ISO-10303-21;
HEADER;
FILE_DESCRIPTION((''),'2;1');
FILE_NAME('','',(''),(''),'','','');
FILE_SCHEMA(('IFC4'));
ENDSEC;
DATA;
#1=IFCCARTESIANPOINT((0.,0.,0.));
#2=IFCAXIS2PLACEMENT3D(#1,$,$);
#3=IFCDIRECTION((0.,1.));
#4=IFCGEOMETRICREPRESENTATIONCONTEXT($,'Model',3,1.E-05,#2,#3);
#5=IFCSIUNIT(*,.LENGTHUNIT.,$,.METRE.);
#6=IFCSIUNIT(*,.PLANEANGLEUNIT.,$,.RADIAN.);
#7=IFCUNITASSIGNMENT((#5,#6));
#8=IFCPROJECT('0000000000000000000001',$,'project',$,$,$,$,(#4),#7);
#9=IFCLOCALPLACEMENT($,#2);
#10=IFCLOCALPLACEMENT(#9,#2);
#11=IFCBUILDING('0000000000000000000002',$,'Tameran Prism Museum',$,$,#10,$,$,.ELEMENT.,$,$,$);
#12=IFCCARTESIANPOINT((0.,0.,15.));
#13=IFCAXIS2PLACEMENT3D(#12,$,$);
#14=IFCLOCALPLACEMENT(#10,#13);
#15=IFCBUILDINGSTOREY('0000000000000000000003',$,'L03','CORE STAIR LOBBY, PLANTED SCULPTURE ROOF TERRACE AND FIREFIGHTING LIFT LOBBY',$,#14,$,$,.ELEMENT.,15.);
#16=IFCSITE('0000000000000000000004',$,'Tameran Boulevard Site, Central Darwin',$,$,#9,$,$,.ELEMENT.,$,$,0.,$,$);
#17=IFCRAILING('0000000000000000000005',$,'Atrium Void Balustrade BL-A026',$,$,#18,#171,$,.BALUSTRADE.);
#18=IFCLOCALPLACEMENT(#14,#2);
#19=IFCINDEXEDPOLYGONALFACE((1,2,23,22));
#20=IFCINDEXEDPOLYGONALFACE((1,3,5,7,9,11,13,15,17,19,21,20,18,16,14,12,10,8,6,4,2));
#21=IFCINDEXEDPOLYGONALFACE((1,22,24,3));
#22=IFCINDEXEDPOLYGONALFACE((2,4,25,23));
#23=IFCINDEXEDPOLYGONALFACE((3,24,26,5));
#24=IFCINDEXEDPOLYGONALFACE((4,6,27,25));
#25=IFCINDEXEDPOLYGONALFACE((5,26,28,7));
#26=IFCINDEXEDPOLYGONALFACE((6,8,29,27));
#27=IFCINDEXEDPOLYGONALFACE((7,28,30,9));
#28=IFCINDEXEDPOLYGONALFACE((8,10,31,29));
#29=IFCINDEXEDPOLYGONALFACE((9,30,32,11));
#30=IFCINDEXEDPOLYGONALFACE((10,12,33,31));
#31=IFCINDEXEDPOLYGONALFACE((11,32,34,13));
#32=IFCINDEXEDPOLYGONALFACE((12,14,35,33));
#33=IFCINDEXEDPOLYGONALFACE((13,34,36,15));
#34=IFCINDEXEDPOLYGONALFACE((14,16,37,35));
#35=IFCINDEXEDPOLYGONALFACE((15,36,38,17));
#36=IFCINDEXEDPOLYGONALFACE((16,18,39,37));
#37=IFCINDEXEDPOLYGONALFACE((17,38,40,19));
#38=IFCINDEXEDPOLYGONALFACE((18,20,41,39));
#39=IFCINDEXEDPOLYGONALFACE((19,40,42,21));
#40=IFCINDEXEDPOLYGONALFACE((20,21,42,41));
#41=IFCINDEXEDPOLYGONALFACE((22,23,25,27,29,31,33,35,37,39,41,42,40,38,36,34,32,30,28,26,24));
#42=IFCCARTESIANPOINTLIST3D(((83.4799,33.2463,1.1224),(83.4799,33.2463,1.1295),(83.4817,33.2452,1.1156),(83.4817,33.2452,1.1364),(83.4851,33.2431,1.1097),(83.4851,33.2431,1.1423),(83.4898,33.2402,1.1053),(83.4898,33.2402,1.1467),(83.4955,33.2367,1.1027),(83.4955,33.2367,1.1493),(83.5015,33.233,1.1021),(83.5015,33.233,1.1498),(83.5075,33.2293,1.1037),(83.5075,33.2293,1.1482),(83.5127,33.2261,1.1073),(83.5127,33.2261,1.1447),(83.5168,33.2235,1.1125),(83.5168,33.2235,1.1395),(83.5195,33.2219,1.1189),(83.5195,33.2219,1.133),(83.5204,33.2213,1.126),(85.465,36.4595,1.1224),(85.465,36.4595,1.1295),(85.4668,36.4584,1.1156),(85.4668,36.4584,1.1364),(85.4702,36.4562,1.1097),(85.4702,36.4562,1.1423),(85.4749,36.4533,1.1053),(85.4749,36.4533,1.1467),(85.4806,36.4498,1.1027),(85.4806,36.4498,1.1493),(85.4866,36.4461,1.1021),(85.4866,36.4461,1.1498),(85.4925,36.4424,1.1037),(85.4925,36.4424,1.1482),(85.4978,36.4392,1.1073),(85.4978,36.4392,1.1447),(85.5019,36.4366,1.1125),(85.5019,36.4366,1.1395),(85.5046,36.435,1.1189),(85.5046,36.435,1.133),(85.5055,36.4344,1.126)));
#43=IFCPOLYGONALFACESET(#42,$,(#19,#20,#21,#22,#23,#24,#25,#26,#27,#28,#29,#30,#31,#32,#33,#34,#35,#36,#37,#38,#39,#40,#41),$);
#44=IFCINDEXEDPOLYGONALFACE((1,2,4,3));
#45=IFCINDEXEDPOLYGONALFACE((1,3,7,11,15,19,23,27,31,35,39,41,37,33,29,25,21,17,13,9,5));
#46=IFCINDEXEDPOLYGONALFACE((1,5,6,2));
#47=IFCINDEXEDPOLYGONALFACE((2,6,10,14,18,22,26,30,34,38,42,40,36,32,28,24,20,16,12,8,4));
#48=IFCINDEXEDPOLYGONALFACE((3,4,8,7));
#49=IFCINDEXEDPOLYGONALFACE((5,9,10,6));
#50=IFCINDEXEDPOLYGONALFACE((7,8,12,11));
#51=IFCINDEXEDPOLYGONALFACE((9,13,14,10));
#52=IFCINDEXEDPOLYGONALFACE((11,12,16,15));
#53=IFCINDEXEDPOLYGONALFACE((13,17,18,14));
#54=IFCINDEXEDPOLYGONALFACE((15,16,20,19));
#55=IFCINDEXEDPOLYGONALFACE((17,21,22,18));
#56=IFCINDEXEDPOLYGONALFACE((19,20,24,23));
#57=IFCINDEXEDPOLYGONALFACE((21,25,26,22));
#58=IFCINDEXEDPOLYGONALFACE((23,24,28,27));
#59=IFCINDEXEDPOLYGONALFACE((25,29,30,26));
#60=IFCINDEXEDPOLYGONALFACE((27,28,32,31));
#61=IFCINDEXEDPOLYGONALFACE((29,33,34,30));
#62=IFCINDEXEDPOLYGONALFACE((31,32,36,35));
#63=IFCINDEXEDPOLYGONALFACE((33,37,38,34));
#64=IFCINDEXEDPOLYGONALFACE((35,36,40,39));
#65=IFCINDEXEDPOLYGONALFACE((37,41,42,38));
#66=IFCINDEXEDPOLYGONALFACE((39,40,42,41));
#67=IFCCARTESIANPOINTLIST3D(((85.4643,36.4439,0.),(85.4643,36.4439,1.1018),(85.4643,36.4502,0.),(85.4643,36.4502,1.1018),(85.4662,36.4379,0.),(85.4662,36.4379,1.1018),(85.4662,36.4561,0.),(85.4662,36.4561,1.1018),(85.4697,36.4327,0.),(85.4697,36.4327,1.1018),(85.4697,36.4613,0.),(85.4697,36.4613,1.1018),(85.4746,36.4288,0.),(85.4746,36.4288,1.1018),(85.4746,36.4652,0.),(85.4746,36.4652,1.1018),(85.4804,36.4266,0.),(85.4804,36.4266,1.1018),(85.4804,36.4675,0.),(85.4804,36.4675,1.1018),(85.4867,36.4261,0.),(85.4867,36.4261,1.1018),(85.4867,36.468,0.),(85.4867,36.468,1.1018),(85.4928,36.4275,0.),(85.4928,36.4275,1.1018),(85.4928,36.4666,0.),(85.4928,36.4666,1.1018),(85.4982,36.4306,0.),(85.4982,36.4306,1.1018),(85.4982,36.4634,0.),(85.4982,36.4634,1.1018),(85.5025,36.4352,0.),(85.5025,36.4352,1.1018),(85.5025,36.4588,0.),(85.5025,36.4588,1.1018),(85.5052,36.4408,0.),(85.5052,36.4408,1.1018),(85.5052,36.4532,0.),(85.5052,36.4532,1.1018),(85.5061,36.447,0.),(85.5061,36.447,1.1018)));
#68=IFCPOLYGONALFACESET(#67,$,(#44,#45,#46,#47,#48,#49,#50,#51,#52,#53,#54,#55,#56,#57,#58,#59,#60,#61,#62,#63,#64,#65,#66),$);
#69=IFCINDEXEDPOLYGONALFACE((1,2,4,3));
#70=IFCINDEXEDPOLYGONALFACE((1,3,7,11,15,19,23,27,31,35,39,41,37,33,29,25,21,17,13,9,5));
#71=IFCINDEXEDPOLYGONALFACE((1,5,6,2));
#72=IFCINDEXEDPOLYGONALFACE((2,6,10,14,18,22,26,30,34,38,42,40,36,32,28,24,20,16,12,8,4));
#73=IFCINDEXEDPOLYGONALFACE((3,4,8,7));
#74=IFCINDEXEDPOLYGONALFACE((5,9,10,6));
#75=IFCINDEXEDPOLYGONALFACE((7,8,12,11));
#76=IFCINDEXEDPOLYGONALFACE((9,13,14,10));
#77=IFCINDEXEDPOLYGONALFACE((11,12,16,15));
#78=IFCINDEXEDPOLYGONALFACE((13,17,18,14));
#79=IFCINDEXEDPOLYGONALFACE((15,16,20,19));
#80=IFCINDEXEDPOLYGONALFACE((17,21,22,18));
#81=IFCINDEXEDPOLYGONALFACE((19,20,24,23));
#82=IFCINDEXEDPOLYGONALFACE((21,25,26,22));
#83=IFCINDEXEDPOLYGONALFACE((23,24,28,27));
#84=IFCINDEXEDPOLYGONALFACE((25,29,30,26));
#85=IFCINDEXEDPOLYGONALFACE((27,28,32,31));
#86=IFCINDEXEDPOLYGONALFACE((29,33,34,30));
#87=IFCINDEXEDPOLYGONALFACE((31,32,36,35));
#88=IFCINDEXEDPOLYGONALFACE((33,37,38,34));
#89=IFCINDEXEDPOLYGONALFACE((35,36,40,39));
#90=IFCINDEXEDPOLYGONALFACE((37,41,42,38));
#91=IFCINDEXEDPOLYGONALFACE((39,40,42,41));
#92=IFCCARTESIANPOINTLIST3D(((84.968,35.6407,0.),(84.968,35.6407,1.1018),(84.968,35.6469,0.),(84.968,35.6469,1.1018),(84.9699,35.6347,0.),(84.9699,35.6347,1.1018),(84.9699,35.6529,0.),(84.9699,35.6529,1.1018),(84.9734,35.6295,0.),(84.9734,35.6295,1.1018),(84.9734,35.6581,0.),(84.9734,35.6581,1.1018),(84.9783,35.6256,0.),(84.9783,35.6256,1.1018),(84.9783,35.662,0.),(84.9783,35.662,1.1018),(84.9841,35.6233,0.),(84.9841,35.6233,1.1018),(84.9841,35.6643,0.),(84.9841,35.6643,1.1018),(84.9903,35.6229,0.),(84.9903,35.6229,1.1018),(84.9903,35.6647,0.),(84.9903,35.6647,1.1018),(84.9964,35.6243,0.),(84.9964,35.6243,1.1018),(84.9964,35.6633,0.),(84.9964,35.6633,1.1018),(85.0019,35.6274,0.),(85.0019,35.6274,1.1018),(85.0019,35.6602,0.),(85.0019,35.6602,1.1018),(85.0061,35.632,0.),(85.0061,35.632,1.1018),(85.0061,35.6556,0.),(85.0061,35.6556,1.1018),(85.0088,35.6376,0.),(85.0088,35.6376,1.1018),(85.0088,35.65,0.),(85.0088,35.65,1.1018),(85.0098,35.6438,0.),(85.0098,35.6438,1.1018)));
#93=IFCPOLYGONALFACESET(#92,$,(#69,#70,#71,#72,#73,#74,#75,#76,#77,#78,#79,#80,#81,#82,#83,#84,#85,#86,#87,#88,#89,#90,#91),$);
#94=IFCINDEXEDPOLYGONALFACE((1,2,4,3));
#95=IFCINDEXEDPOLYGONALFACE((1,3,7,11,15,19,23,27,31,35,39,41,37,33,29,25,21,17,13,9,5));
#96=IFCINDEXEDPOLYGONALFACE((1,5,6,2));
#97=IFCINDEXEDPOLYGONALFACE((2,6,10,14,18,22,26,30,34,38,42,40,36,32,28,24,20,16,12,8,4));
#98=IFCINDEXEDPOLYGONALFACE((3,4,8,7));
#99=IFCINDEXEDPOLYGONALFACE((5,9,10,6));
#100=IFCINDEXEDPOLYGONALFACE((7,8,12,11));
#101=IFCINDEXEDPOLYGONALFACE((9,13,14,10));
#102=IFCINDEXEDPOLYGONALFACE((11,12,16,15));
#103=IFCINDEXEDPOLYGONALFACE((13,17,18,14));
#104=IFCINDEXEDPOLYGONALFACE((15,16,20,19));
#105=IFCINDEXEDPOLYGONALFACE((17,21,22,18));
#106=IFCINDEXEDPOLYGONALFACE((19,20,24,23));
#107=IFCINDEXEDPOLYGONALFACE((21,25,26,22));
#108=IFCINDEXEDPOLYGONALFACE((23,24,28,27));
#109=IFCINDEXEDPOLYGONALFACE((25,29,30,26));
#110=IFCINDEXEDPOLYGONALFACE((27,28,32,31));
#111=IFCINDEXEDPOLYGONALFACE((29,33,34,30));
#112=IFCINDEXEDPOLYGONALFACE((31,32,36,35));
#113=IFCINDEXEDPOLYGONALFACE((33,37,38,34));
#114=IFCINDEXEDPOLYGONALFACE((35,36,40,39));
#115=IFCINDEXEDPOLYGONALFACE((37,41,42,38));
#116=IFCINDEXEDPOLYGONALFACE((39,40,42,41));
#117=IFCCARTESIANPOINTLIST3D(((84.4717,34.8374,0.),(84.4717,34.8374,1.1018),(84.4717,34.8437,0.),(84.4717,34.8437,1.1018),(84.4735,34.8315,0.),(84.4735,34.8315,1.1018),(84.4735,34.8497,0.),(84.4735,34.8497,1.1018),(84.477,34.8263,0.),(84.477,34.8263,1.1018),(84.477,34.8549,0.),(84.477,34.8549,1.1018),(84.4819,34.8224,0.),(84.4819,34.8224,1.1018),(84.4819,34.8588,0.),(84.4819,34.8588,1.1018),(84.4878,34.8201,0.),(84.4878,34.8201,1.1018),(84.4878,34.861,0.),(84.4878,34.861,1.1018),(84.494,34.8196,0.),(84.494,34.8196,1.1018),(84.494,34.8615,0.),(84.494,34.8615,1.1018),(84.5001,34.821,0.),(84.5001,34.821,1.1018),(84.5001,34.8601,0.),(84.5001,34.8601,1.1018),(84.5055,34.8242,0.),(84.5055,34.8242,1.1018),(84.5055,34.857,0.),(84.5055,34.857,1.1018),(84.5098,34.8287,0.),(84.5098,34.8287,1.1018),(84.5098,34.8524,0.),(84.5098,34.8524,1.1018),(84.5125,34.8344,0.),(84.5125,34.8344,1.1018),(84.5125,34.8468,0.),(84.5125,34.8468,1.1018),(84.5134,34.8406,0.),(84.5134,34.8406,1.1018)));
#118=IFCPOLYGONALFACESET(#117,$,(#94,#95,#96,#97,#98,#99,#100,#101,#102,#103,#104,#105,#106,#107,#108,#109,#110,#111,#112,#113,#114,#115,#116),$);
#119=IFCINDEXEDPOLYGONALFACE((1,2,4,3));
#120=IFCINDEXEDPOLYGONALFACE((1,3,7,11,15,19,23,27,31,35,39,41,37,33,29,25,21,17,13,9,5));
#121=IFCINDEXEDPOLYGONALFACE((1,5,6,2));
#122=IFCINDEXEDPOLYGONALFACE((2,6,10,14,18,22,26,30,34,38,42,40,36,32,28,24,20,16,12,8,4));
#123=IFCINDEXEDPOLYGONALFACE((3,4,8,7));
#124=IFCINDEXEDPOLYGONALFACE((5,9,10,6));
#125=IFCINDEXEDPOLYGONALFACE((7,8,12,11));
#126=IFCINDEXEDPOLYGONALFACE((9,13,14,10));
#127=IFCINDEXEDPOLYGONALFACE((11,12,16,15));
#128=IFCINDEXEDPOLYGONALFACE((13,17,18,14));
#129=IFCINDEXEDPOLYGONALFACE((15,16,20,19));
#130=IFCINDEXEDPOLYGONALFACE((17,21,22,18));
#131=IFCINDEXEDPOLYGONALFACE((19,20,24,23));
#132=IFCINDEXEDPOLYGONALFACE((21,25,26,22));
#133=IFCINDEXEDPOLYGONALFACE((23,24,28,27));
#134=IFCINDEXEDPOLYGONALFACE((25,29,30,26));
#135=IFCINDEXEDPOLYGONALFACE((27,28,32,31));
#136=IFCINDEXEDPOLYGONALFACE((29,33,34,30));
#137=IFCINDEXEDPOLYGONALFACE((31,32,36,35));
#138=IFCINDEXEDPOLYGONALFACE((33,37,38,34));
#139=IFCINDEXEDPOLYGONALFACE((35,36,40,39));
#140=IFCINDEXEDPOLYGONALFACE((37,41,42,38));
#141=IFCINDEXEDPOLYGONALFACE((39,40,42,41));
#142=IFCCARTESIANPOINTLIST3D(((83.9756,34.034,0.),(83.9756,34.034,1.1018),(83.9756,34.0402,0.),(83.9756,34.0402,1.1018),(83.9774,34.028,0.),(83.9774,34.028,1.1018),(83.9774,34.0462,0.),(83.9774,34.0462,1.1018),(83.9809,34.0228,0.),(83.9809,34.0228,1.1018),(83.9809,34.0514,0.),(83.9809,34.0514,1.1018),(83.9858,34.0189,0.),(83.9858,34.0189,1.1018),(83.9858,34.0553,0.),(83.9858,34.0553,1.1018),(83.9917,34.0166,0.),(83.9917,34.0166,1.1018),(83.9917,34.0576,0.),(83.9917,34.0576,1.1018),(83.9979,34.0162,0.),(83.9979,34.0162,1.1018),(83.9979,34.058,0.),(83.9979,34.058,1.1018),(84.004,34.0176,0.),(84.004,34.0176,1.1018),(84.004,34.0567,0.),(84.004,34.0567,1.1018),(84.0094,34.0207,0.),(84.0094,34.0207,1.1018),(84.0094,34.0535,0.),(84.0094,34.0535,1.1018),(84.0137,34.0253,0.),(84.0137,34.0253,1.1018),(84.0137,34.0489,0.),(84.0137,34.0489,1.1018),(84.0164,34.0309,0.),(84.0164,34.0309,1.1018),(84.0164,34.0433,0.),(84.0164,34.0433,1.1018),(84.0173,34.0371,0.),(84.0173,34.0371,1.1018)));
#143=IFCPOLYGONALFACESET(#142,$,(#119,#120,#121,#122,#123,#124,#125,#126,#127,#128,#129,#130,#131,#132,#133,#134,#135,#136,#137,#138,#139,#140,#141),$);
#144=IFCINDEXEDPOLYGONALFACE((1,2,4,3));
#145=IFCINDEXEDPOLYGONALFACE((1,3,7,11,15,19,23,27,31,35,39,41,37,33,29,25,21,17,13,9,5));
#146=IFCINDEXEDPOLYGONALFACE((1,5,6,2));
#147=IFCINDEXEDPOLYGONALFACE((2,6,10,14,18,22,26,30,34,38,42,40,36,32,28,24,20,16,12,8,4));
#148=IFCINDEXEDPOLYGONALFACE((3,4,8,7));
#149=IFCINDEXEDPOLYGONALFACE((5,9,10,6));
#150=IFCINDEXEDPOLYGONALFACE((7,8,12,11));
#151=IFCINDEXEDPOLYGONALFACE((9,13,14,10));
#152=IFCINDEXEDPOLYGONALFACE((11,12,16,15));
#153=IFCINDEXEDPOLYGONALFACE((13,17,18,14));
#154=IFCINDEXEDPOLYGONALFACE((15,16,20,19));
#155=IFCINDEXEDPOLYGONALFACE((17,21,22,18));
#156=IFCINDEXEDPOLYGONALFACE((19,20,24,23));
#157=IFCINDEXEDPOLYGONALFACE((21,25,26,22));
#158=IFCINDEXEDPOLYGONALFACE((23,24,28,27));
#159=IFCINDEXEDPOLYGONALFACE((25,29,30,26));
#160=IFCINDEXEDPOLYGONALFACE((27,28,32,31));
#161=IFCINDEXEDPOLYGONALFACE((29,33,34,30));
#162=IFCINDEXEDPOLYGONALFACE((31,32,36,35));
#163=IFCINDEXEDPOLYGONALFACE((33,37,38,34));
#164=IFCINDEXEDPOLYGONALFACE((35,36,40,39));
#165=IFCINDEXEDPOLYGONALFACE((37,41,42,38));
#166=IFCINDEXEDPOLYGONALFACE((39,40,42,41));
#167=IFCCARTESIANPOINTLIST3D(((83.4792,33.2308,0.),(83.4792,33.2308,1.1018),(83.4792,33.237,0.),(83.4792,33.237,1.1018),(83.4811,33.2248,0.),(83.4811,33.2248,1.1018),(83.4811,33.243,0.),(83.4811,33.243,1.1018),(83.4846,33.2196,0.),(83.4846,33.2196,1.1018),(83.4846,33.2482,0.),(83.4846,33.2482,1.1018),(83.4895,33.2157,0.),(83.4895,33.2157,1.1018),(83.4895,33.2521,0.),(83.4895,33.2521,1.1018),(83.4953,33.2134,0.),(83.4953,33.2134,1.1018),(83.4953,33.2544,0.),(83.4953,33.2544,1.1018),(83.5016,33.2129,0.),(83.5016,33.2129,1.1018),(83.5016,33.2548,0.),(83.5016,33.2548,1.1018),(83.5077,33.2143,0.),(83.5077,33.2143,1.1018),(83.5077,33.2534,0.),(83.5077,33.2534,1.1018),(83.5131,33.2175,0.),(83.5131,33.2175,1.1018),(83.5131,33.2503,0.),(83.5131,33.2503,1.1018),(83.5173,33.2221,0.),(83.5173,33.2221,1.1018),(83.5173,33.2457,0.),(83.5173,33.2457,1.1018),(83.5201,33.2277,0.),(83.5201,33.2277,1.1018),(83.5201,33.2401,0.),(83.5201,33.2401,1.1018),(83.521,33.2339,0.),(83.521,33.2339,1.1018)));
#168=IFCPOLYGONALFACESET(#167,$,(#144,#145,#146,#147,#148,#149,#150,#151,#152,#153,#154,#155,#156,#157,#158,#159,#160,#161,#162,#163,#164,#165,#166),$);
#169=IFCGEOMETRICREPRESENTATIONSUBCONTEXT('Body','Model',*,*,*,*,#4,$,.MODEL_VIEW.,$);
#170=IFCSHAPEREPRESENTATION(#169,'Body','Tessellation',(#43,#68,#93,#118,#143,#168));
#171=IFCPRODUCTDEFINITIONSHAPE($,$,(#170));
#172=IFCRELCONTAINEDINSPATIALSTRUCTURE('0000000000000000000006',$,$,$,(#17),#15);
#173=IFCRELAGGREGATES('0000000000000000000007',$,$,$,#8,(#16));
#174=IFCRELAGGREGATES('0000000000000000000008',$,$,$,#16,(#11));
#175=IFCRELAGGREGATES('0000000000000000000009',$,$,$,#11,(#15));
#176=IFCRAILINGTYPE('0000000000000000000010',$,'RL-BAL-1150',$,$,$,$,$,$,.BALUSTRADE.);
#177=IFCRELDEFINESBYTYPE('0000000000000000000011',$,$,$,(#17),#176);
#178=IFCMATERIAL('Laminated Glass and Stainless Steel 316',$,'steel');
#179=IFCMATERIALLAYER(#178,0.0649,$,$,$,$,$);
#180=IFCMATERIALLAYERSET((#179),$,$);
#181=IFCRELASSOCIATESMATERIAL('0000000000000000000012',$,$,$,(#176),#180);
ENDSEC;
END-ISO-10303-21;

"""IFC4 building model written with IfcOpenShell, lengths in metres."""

from ifc_helpers import new_model, si_unit, direction, frame, origin, origin_2d, place, context, subcontext, project, spatial, circle, extrude, material, layer, layer_set, type_object, element, save


model = new_model("IFC4")

# Units and contexts
model_context = context("Model", 3, precision=1e-05, world=origin(), true_north=direction((0.0, 1.0)))
body_context = subcontext(model_context, "Body", "Model", "MODEL_VIEW")
ifc_project = project(units=[si_unit("LENGTHUNIT", "METRE"), si_unit("PLANEANGLEUNIT", "RADIAN")], contexts=[model_context])

# Site, building, storey
site_placement = place(None, origin())
site = spatial("IfcSite", under=ifc_project, at=site_placement, Name="Tameran Boulevard Site, Central Darwin", CompositionType="ELEMENT", RefElevation=0.0)
building_placement = place(site_placement, origin())
building = spatial("IfcBuilding", under=site, at=building_placement, Name="Tameran Prism Museum", CompositionType="ELEMENT")
storey_placement = place(building_placement, frame((0.0, 0.0, 15.0)))
storey = spatial("IfcBuildingStorey", under=building, at=storey_placement, Name="L03", Description="CORE STAIR LOBBY, PLANTED SCULPTURE ROOF TERRACE AND FIREFIGHTING LIFT LOBBY", CompositionType="ELEMENT", Elevation=15.0)

# Railing
ifc_material_1 = material(Name="Laminated Glass and Stainless Steel 316", Category="steel")
ifc_layer_1 = layer(ifc_material_1, 0.0649)
ifc_layer_set_1 = layer_set([ifc_layer_1])
railing_type = type_object("IfcRailingType", Name="RL-BAL-1150", PredefinedType="BALUSTRADE", material=ifc_layer_set_1)
railing_1_placement = place(storey_placement, frame((85.4851, 36.447, 0.0)))
element("IfcRailing", 1, at=railing_1_placement, inside=storey, type_object=railing_type, Name="Atrium Void Balustrade BL-A026", PredefinedType="BALUSTRADE", context=body_context, shape_type="SweptSolid", body=[
    extrude(circle(Radius=0.0239, at=origin_2d()), frame((0.0, 0.0, 1.126), z_axis=(-0.525593, -0.850736, 0.0), x_axis=(0.850736, -0.525593, 0.0)), (0.0, 0.0, 1.0), 3.7769),
    extrude(circle(Radius=0.021, at=origin_2d()), origin(), (0.0, 0.0, 1.0), 1.1018),
    extrude(circle(Radius=0.021, at=origin_2d()), frame((-0.4963, -0.8032, 0.0)), (0.0, 0.0, 1.0), 1.1018),
    extrude(circle(Radius=0.021, at=origin_2d()), frame((-0.9927, -1.6064, 0.0)), (0.0, 0.0, 1.0), 1.1018),
    extrude(circle(Radius=0.021, at=origin_2d()), frame((-1.4888, -2.4099, 0.0)), (0.0, 0.0, 1.0), 1.1018),
    extrude(circle(Radius=0.021, at=origin_2d()), frame((-1.9851, -3.2131, 0.0)), (0.0, 0.0, 1.0), 1.1018),
])

save(model, "model.ifc")
